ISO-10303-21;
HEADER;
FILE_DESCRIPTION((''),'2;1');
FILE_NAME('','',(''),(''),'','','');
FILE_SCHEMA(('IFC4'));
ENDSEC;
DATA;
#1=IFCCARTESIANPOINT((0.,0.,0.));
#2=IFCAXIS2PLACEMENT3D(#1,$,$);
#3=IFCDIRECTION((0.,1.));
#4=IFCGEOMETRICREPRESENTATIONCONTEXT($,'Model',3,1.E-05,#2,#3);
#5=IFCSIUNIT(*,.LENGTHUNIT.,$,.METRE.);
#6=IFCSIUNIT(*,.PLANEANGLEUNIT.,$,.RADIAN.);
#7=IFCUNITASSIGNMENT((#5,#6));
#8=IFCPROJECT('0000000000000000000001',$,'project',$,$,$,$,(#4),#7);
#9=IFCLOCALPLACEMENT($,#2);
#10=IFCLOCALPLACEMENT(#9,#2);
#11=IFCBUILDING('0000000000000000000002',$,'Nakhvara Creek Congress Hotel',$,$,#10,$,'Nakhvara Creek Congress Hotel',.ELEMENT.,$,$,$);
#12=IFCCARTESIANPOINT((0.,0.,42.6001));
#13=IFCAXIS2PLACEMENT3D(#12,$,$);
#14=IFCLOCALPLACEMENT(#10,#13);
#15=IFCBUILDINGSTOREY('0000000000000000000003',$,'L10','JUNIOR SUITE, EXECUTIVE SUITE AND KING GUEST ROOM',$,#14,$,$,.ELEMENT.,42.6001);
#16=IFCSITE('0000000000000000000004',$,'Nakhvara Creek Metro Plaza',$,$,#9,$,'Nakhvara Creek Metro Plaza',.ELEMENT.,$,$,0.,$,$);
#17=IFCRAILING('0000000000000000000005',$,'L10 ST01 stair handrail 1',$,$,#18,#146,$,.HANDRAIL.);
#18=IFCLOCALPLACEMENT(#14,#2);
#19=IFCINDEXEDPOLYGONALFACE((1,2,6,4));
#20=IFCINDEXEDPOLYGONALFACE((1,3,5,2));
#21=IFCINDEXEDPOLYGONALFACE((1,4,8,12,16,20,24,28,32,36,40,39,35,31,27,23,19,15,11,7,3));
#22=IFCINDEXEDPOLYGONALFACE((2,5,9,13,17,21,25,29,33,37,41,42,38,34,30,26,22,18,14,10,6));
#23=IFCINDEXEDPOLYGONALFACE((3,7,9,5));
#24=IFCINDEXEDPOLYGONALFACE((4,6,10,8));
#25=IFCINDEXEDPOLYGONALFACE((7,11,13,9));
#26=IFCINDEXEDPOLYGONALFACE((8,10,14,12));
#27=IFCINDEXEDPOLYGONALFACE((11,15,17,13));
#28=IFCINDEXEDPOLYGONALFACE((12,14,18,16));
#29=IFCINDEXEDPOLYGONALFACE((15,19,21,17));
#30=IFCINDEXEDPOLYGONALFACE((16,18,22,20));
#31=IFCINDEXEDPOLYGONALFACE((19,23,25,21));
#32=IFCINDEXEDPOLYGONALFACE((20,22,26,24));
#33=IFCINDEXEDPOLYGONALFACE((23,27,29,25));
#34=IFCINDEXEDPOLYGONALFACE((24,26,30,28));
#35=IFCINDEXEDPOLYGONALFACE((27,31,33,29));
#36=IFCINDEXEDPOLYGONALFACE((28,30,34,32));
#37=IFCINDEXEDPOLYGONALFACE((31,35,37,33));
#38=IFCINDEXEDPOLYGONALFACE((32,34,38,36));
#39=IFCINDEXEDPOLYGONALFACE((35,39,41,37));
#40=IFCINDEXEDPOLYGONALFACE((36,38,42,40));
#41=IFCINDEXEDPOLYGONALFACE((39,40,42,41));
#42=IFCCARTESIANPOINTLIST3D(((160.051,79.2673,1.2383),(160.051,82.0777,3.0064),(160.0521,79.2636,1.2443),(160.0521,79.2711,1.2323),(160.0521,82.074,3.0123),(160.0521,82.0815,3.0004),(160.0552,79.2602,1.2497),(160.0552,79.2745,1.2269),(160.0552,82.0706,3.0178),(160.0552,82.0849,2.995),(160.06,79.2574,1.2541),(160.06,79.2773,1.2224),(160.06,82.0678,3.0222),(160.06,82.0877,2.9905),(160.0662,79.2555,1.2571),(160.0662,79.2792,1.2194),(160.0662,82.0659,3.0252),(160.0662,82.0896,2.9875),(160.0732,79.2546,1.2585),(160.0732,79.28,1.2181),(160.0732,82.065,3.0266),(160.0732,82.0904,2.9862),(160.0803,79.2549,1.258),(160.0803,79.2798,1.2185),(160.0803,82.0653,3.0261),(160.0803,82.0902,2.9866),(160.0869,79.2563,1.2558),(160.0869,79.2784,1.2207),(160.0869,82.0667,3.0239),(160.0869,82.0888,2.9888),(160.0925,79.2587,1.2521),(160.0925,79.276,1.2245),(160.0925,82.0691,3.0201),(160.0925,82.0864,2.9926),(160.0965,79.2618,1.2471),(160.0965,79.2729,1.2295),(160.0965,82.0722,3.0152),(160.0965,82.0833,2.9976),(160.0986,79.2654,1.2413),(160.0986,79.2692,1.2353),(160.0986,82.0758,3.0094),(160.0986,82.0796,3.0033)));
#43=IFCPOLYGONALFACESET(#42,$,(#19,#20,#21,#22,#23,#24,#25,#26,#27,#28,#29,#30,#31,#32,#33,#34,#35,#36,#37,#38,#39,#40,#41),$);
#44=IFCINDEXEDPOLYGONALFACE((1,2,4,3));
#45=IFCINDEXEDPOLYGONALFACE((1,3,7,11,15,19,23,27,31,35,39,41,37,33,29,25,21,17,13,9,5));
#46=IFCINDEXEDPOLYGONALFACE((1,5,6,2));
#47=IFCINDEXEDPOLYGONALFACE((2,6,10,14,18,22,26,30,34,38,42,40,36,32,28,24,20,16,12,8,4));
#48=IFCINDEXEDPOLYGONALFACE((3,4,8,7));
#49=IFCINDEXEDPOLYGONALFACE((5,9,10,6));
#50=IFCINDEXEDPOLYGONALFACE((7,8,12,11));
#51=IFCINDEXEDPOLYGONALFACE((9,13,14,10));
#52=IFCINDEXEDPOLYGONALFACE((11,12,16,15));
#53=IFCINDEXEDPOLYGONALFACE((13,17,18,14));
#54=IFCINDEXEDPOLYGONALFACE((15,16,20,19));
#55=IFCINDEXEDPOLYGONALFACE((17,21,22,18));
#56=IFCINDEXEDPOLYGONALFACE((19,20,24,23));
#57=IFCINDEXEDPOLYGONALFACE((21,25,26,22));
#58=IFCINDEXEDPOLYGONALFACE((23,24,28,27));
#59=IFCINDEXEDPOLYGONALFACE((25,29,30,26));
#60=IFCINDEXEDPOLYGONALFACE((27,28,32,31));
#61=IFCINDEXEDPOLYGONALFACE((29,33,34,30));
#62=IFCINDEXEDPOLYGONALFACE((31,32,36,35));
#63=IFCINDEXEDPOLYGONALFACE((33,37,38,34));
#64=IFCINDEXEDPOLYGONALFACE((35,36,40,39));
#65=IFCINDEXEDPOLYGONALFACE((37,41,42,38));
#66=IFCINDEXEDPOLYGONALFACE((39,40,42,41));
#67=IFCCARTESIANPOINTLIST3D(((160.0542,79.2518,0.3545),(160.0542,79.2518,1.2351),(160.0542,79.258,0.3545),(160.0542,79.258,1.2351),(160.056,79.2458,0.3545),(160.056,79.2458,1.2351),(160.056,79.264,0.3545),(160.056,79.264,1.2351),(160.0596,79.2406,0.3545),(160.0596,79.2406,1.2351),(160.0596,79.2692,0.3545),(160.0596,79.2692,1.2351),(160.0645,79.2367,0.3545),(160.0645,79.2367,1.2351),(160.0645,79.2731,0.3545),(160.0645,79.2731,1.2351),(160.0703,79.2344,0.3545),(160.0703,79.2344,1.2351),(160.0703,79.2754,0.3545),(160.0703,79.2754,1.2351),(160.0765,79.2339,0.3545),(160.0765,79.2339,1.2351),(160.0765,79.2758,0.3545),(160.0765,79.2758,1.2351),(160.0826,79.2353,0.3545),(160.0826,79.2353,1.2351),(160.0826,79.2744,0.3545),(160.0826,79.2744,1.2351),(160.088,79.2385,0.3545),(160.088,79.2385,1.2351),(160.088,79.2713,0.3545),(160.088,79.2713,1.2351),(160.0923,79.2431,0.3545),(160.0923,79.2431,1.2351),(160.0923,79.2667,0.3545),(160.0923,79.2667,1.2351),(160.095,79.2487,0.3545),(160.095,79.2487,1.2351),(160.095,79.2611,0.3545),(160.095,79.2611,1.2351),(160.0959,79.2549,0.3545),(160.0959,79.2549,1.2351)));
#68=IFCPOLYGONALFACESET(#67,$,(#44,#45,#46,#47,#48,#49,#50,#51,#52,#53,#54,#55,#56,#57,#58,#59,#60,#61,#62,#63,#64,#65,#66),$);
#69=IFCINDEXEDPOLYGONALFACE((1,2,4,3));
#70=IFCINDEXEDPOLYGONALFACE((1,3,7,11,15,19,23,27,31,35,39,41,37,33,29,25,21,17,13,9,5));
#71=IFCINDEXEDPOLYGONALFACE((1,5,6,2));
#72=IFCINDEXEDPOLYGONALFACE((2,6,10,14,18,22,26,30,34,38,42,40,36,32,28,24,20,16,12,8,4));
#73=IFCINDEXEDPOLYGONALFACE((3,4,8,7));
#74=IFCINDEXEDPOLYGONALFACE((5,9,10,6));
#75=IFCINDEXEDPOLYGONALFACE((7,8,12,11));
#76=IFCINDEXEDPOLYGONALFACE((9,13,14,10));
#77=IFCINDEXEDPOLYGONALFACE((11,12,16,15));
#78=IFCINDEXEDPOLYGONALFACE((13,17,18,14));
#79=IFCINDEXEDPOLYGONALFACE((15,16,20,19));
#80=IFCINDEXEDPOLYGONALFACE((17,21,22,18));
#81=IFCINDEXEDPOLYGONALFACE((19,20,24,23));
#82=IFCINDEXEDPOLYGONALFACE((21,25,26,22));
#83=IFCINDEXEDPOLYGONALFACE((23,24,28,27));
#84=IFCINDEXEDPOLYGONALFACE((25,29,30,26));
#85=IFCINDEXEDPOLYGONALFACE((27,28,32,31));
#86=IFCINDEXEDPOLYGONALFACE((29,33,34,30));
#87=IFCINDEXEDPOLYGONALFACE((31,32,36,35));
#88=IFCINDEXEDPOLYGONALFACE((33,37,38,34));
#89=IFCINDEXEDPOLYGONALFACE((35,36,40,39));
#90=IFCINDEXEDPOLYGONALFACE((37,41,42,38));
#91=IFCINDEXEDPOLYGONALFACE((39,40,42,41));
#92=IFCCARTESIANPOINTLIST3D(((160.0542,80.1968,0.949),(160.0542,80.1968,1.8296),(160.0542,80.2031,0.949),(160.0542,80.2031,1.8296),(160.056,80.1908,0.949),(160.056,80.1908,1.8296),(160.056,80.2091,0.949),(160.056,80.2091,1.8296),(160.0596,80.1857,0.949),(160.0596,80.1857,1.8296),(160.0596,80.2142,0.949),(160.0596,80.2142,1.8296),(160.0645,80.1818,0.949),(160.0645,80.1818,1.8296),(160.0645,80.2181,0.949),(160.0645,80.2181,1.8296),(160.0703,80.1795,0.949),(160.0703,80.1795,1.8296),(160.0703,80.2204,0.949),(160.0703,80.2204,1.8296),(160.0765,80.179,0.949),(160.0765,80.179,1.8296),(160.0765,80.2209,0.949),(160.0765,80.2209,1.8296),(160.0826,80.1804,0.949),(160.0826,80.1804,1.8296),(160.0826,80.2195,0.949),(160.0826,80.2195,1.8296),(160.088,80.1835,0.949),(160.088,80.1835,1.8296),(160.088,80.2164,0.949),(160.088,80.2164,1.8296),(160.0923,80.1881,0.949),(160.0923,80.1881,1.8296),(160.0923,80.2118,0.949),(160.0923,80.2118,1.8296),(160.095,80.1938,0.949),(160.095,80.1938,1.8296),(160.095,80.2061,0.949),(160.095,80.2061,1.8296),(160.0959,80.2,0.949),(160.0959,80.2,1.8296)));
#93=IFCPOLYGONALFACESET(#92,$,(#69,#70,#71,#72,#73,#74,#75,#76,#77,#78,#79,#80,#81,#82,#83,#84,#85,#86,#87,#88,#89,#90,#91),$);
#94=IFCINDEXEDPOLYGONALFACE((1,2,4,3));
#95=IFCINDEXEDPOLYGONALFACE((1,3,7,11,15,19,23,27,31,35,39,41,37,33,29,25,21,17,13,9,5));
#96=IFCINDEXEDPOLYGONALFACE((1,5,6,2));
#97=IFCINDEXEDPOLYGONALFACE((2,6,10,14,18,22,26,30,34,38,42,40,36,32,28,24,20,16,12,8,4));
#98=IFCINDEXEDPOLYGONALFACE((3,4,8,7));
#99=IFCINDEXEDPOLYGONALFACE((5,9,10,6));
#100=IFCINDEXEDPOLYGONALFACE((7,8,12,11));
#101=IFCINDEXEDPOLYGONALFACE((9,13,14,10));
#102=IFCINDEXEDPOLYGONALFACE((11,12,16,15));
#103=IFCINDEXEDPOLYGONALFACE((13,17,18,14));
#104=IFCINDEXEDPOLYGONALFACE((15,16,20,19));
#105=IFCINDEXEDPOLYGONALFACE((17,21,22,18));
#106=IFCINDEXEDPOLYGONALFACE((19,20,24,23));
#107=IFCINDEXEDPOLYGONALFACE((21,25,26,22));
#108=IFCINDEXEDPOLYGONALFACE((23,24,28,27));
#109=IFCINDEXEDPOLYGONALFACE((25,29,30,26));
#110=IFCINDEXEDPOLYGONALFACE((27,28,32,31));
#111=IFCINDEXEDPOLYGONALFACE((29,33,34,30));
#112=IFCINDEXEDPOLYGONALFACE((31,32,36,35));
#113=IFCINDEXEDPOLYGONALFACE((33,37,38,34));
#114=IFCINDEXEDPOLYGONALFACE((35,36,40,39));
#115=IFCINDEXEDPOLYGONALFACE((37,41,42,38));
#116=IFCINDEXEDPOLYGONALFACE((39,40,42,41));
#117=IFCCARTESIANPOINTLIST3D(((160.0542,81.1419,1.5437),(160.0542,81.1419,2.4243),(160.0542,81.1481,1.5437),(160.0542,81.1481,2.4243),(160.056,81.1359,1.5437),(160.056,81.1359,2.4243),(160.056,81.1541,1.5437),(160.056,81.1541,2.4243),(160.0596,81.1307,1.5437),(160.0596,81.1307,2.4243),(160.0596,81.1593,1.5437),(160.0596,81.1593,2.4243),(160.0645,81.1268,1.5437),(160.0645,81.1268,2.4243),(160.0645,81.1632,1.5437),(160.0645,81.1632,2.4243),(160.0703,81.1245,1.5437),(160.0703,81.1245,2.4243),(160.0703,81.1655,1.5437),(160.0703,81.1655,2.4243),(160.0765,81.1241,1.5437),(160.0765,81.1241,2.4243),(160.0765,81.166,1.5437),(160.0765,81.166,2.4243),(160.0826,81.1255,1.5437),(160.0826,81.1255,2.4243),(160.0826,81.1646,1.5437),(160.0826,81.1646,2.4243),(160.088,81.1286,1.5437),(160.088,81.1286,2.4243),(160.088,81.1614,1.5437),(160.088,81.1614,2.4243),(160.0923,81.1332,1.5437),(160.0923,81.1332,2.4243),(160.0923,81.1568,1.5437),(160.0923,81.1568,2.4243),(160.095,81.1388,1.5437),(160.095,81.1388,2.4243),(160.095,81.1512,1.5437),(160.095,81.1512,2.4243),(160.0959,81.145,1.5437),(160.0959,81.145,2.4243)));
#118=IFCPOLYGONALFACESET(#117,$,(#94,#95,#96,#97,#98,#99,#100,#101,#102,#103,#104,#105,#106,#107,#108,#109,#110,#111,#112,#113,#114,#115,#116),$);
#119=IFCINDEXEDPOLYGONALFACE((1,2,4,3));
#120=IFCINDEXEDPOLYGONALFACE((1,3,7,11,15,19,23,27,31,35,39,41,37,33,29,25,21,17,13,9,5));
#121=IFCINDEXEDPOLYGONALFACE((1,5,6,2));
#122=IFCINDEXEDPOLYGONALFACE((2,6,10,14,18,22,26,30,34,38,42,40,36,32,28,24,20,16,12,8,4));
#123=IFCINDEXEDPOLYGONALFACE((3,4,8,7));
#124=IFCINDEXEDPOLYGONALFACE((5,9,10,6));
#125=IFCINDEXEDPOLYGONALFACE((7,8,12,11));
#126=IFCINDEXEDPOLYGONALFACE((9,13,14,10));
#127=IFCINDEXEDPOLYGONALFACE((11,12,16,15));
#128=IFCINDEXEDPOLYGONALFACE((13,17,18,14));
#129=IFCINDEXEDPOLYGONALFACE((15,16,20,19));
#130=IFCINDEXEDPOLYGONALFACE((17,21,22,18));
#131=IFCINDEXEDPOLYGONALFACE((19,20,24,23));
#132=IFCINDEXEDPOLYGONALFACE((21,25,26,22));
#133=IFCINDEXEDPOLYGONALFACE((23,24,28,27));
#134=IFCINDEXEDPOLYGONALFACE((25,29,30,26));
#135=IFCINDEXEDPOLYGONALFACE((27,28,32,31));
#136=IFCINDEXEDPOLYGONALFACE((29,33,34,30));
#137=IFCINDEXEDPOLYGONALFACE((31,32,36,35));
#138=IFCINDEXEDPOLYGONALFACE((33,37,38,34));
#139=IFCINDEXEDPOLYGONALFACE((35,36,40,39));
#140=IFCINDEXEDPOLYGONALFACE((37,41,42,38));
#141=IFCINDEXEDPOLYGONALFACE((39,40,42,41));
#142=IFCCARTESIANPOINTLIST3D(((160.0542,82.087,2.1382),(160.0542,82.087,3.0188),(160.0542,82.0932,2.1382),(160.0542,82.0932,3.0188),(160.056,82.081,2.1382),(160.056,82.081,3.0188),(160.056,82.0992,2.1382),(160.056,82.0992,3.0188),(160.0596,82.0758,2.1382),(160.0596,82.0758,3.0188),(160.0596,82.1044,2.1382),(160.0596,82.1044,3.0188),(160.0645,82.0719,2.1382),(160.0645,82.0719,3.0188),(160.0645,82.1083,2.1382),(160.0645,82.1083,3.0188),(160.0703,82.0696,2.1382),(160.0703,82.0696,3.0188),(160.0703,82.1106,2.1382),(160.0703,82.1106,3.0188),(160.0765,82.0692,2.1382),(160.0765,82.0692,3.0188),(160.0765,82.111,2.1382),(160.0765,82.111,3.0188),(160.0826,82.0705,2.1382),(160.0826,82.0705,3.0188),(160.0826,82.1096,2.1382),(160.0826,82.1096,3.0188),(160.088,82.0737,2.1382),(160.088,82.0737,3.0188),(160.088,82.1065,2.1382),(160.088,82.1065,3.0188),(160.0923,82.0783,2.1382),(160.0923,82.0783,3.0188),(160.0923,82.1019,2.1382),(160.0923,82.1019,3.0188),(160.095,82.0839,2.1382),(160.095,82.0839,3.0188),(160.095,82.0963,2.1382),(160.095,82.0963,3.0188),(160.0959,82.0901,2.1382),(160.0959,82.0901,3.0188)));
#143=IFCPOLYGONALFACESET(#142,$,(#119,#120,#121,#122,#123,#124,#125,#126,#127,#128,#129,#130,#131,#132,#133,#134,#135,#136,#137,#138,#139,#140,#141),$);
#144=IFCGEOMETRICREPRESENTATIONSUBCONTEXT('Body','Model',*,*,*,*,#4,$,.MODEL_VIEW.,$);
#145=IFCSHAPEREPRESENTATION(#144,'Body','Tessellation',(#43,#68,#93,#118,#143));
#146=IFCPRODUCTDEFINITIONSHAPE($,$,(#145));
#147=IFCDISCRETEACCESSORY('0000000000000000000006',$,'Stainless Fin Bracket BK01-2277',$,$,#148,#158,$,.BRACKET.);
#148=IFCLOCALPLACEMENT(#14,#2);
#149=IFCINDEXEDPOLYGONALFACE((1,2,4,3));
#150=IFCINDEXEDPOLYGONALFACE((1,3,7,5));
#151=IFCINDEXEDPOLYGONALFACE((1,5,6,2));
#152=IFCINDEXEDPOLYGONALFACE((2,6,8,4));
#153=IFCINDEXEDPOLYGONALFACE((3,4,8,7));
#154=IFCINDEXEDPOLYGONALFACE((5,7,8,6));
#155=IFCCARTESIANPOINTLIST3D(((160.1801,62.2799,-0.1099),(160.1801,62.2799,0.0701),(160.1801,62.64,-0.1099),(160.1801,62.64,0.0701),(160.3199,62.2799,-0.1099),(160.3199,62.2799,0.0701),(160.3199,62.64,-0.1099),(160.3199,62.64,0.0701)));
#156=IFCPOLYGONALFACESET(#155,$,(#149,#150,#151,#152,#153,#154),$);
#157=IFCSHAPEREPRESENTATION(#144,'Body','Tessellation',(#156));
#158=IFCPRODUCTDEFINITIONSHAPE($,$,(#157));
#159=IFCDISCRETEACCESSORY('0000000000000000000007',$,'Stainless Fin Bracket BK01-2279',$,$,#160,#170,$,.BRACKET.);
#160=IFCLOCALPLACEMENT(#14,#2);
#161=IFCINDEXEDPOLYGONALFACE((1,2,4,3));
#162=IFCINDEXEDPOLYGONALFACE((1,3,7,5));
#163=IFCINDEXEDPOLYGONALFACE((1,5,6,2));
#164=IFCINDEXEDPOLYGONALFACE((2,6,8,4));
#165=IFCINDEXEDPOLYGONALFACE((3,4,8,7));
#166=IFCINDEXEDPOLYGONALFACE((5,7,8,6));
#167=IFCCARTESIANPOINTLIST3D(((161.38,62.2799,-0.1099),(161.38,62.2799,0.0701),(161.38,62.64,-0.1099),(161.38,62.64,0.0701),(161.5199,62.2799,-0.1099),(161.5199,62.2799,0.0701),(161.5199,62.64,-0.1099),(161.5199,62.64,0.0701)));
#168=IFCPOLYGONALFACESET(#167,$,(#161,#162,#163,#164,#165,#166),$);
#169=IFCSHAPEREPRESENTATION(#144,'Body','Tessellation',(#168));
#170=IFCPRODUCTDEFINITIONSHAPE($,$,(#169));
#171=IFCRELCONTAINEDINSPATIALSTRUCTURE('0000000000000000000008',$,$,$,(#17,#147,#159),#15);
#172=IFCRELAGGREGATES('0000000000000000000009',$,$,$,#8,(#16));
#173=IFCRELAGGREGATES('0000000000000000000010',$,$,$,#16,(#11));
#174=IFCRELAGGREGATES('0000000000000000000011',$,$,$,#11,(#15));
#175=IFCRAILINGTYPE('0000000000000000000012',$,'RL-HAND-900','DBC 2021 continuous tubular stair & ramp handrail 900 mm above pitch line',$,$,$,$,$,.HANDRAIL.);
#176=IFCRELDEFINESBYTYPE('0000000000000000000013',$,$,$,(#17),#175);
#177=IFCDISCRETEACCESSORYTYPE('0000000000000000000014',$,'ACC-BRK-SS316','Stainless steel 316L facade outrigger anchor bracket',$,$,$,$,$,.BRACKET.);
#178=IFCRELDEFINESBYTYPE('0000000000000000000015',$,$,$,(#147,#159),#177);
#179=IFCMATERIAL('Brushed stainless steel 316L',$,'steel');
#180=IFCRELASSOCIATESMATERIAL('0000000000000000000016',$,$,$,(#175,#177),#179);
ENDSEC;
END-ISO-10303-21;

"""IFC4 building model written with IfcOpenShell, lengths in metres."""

from ifc_helpers import new_model, si_unit, direction, frame, origin, origin_2d, place, context, subcontext, project, spatial, rectangle, circle, extrude, material, type_object, element, save


model = new_model("IFC4")

# Units and contexts
model_context = context("Model", 3, precision=1e-05, world=origin(), true_north=direction((0.0, 1.0)))
body_context = subcontext(model_context, "Body", "Model", "MODEL_VIEW")
ifc_project = project(units=[si_unit("LENGTHUNIT", "METRE"), si_unit("PLANEANGLEUNIT", "RADIAN")], contexts=[model_context])

# Site, building, storey
site_placement = place(None, origin())
site = spatial("IfcSite", under=ifc_project, at=site_placement, Name="Nakhvara Creek Metro Plaza", LongName="Nakhvara Creek Metro Plaza", CompositionType="ELEMENT", RefElevation=0.0)
building_placement = place(site_placement, origin())
building = spatial("IfcBuilding", under=site, at=building_placement, Name="Nakhvara Creek Congress Hotel", LongName="Nakhvara Creek Congress Hotel", CompositionType="ELEMENT")
storey_placement = place(building_placement, frame((0.0, 0.0, 42.6001)))
storey = spatial("IfcBuildingStorey", under=building, at=storey_placement, Name="L10", Description="JUNIOR SUITE, EXECUTIVE SUITE AND KING GUEST ROOM", CompositionType="ELEMENT", Elevation=42.6001)

# Railing
ifc_material_1 = material(Name="Brushed stainless steel 316L", Category="steel")
railing_type_1 = type_object("IfcRailingType", Name="RL-HAND-900", Description="DBC 2021 continuous tubular stair & ramp handrail 900 mm above pitch line", PredefinedType="HANDRAIL", material=ifc_material_1)
railing_1_placement = place(storey_placement, frame((160.075, 79.2549, 0.3545)))
element("IfcRailing", 1, at=railing_1_placement, inside=storey, type_object=railing_type_1, Name="L10 ST01 stair handrail 1", PredefinedType="HANDRAIL", context=body_context, shape_type="SweptSolid", body=[
    extrude(circle(Radius=0.0239, at=origin_2d()), frame((0.0, 0.0125, 0.8838), z_axis=(0.0, 0.846426, 0.532506), x_axis=(-1.0, 0.0, 0.0)), (0.0, 0.0, 1.0), 3.3203),
    extrude(circle(Radius=0.021, at=origin_2d()), origin(), (0.0, 0.0, 1.0), 0.8806),
    extrude(circle(Radius=0.021, at=origin_2d()), frame((0.0, 0.9451, 0.5945)), (0.0, 0.0, 1.0), 0.8806),
    extrude(circle(Radius=0.021, at=origin_2d()), frame((0.0, 1.8901, 1.1892)), (0.0, 0.0, 1.0), 0.8806),
    extrude(circle(Radius=0.021, at=origin_2d()), frame((0.0, 2.8352, 1.7837)), (0.0, 0.0, 1.0), 0.8806),
])

# Discrete accessories
discrete_accessory_type = type_object("IfcDiscreteAccessoryType", Name="ACC-BRK-SS316", Description="Stainless steel 316L facade outrigger anchor bracket", PredefinedType="BRACKET", material=ifc_material_1)
for number, where, z_axis, x_axis, name in (
    (2, (160.25, 62.46, -0.1099), (0.0, 0.0, 1.0), (1.0, 0.0, 0.0), "Stainless Fin Bracket BK01-2277"),
    (3, (161.45, 62.46, -0.1099), (0.0, 0.0, 1.0), (1.0, 0.0, 0.0), "Stainless Fin Bracket BK01-2279"),
):
    element("IfcDiscreteAccessory", number, at=place(storey_placement, frame(where, z_axis=z_axis, x_axis=x_axis)), inside=storey, type_object=discrete_accessory_type, Name=name, PredefinedType="BRACKET", context=body_context, shape_type="SweptSolid", body=[
        extrude(rectangle(XDim=0.1399, YDim=0.3601, at=origin_2d()), origin(), (0.0, 0.0, 1.0), 0.1799),
    ])

save(model, "model.ifc")
